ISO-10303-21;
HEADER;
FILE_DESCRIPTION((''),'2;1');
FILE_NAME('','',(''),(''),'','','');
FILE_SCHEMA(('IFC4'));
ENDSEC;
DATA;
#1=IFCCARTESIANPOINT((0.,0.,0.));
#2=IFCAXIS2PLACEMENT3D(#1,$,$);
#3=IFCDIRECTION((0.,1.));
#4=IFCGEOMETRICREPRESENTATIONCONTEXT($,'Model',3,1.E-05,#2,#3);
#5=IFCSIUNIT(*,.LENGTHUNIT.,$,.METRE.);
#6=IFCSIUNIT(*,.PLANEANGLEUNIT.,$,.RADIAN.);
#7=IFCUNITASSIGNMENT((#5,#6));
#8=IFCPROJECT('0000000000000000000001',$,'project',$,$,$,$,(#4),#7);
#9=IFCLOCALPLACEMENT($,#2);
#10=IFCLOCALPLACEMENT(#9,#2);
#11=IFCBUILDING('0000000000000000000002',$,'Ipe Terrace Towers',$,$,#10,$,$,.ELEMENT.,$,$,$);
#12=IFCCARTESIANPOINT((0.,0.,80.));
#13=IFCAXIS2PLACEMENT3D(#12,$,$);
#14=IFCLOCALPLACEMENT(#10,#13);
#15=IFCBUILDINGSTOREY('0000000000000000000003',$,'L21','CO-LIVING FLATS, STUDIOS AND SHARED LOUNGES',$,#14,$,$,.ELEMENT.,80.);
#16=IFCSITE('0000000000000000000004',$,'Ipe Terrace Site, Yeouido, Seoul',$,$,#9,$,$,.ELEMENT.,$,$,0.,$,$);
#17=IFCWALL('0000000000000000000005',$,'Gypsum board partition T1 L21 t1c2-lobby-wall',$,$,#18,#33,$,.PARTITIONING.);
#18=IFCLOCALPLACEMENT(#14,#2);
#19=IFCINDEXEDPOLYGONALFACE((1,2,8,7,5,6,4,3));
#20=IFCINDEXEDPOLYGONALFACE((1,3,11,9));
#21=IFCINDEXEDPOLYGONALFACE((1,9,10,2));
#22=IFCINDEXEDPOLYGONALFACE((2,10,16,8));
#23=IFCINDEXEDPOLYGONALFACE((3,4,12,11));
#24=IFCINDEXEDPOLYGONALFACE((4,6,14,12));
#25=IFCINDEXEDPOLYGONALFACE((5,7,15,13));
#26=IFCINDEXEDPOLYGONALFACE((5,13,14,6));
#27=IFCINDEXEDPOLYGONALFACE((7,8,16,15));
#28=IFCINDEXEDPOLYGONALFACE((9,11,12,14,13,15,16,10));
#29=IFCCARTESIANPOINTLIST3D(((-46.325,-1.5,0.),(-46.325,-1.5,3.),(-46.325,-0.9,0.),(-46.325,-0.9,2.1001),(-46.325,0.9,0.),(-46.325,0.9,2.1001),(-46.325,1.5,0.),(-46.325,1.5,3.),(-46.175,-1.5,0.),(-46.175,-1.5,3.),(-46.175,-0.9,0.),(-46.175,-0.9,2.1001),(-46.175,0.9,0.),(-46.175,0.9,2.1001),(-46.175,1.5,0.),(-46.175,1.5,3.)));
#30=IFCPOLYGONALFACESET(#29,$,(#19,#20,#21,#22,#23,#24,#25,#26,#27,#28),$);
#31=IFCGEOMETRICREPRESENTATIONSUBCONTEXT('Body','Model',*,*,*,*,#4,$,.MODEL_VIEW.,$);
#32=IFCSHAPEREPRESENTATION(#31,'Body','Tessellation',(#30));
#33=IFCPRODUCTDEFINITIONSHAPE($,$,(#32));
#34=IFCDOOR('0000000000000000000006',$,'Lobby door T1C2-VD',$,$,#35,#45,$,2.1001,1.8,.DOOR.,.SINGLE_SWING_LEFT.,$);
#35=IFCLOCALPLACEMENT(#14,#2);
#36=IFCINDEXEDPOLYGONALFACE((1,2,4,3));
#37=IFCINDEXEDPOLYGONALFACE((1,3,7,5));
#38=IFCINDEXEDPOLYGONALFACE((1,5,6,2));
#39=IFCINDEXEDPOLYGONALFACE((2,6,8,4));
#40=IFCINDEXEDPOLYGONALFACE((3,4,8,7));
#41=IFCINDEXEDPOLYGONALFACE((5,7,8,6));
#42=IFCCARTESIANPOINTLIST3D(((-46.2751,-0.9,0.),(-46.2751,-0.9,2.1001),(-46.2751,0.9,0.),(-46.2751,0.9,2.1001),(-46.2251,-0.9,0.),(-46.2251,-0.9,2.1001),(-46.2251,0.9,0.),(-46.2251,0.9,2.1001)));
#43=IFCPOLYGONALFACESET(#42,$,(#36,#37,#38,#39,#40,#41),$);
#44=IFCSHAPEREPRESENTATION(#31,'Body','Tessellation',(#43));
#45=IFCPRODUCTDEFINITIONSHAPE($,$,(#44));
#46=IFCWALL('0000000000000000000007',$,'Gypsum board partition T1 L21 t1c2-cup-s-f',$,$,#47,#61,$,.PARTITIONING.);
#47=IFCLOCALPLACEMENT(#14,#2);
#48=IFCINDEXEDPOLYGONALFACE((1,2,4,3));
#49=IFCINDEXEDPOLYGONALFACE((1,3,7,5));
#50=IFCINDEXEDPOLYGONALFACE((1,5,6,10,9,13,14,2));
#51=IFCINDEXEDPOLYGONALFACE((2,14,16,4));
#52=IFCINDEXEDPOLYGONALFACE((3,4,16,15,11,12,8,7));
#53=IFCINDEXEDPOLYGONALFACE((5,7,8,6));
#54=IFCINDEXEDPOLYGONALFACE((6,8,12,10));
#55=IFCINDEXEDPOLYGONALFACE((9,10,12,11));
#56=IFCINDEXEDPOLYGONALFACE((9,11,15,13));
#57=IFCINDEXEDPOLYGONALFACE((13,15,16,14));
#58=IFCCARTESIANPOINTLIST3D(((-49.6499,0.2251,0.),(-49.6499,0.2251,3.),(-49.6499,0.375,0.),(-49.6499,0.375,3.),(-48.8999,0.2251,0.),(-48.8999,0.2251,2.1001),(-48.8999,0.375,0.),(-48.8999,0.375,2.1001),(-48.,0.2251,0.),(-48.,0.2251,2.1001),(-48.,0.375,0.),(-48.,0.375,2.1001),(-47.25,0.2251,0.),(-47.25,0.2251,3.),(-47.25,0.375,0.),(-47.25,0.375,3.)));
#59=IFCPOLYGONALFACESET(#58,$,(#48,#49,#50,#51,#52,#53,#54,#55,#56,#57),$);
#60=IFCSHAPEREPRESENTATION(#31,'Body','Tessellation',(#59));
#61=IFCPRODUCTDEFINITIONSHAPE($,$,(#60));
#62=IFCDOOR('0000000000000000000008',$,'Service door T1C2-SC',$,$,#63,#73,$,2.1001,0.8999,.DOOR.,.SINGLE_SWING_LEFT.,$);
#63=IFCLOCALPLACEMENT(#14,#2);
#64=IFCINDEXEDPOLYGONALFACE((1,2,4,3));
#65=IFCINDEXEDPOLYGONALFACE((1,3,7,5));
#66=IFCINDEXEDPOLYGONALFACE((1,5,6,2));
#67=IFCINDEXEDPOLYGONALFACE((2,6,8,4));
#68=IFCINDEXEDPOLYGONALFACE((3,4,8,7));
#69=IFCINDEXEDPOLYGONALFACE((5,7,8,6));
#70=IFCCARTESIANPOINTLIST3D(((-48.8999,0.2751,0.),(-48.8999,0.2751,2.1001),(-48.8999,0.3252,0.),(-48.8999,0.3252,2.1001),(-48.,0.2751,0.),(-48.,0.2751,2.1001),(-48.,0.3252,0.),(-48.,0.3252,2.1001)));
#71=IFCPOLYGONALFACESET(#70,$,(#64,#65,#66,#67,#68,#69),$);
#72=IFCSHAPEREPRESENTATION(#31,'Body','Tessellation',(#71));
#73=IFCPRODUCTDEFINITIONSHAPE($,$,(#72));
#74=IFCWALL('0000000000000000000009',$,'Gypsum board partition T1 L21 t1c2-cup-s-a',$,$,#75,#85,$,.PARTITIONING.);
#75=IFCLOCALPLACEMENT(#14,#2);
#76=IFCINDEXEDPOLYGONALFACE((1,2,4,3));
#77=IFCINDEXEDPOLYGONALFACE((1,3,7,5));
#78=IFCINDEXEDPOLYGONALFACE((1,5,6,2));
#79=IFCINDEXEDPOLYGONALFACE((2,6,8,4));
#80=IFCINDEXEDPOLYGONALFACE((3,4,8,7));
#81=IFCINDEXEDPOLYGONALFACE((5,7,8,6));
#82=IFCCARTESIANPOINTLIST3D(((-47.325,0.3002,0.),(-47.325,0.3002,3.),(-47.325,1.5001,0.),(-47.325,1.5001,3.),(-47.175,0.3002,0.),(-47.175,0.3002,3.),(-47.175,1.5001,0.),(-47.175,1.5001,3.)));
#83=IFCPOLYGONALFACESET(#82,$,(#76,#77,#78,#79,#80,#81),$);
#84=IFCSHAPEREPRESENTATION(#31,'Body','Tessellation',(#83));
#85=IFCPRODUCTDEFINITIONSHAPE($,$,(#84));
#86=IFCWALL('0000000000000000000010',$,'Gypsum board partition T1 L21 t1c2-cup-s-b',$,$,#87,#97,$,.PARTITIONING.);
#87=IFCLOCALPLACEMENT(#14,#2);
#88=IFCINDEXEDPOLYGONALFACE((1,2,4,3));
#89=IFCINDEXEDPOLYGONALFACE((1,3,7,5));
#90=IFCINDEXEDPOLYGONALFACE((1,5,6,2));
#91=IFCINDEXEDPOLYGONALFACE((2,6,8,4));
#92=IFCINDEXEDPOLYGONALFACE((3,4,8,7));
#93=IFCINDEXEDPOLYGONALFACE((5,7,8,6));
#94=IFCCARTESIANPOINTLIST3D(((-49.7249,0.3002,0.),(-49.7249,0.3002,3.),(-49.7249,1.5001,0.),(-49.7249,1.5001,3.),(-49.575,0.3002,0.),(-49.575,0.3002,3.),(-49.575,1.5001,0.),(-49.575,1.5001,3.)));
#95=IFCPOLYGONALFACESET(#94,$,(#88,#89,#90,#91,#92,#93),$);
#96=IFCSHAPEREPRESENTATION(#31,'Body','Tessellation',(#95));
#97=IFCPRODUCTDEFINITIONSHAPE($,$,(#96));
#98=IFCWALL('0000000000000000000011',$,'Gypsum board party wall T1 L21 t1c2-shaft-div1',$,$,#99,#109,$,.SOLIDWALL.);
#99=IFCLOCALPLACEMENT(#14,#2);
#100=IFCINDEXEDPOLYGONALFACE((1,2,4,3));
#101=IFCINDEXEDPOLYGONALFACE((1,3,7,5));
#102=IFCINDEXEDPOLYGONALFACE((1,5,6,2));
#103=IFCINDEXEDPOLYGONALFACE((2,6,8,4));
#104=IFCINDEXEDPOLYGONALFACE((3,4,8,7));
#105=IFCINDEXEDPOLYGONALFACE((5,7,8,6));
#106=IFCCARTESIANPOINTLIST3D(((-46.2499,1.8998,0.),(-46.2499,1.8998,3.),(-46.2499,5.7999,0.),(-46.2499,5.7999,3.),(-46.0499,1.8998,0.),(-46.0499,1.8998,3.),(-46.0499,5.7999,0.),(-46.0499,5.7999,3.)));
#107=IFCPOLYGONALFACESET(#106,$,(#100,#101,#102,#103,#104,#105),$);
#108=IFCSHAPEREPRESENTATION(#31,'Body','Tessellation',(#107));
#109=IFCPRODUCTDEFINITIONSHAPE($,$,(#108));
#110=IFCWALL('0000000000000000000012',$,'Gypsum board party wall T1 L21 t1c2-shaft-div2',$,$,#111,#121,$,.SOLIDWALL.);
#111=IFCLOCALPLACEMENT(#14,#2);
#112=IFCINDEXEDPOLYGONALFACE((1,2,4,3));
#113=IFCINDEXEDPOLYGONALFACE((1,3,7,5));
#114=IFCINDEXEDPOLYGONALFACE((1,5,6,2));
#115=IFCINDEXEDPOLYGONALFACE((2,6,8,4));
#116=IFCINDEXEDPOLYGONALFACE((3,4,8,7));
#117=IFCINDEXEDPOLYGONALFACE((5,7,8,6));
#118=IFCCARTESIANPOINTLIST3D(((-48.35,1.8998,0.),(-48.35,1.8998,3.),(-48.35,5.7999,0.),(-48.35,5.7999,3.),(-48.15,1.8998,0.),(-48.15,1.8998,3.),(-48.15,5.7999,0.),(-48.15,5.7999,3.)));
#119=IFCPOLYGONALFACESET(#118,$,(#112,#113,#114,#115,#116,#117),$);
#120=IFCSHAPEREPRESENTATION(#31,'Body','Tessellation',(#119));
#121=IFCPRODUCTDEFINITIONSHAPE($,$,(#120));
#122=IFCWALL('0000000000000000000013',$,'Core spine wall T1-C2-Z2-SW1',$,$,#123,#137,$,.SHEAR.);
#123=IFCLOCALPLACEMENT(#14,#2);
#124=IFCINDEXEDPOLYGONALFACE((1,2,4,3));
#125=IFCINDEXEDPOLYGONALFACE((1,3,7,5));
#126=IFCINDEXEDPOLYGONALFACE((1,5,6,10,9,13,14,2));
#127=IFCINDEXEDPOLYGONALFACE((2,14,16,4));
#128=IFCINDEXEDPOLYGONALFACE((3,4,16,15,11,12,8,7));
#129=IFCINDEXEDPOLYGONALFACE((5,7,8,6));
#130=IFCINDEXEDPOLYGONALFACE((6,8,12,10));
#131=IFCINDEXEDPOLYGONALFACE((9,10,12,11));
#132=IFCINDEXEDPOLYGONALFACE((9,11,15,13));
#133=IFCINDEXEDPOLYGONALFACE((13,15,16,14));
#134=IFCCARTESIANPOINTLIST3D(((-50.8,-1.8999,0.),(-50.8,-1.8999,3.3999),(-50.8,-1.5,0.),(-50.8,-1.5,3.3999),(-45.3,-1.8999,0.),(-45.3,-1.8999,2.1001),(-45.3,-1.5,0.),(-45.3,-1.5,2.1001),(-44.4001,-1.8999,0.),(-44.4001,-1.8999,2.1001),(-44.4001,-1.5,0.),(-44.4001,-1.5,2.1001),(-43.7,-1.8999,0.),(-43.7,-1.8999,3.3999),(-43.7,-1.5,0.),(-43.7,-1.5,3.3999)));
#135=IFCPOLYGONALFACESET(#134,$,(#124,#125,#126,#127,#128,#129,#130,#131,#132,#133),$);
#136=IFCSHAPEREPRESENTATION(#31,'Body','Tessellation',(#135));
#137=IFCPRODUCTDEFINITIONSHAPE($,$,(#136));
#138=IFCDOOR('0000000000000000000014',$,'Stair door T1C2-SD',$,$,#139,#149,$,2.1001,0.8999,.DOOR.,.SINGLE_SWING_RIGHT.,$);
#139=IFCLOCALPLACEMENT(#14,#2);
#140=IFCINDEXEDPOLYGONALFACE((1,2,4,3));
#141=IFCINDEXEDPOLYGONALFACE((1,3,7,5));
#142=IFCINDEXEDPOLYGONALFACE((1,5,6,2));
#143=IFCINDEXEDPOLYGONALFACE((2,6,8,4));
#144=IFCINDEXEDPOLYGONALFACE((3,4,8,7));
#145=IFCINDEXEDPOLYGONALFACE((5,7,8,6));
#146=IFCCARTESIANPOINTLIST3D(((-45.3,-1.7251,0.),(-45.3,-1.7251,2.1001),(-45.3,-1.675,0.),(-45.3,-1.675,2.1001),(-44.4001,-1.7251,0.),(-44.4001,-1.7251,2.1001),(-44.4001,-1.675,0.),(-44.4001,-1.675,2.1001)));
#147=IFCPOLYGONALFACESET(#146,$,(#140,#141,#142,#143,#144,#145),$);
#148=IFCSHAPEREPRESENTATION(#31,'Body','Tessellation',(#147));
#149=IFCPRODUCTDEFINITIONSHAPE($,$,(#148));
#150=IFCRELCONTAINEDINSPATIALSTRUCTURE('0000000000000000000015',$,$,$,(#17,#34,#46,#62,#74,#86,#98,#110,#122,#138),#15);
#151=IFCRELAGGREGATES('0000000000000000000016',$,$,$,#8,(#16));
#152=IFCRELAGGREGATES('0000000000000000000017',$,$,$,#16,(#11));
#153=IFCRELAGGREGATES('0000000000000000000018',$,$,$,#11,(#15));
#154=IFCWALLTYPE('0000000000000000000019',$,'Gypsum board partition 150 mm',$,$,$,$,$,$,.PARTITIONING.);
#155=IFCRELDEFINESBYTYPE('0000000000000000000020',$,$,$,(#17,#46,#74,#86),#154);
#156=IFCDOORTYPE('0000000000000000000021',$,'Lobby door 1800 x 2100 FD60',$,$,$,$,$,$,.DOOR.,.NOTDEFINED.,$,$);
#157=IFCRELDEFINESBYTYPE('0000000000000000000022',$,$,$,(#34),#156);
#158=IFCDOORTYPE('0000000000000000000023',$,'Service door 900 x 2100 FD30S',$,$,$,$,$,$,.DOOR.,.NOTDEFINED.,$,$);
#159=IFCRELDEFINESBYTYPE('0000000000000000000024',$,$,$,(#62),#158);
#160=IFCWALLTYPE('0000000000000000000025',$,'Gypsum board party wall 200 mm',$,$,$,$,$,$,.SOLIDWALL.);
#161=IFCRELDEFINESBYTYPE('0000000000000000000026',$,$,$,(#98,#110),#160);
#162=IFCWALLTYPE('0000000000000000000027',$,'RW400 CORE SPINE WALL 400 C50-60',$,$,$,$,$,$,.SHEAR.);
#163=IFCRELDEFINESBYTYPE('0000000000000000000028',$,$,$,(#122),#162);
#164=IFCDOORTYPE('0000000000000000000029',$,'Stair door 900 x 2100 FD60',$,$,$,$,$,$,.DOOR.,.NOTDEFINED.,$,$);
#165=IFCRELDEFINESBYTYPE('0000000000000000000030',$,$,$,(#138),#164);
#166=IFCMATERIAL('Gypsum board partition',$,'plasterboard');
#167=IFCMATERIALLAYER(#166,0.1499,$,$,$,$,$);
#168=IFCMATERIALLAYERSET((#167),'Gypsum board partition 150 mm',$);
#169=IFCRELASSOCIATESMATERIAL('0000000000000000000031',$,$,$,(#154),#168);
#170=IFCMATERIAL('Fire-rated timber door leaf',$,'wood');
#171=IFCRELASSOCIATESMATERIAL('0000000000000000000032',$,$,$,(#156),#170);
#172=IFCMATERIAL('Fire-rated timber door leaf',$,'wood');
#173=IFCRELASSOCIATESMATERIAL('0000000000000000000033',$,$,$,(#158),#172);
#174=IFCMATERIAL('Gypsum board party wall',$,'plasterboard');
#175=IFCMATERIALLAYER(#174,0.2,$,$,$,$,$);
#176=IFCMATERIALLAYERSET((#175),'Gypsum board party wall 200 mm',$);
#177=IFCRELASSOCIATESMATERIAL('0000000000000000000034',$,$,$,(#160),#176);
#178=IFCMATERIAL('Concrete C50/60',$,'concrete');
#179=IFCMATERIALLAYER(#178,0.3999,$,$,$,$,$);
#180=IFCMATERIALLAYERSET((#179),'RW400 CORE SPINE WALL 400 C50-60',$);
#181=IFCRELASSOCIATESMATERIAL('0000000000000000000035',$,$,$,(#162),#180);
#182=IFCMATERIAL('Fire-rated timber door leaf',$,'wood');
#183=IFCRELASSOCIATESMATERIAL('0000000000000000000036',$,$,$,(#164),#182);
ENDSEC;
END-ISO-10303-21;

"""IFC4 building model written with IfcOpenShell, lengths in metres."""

from ifc_helpers import new_model, si_unit, direction, frame, frame_2d, origin, place, context, subcontext, project, spatial, rectangle, extrude, material, layer, layer_set, type_object, element, fill, save


model = new_model("IFC4")

# Units and contexts
model_context = context("Model", 3, precision=1e-05, world=origin(), true_north=direction((0.0, 1.0)))
body_context = subcontext(model_context, "Body", "Model", "MODEL_VIEW")
ifc_project = project(units=[si_unit("LENGTHUNIT", "METRE"), si_unit("PLANEANGLEUNIT", "RADIAN")], contexts=[model_context])

# Site, building, storey
site_placement = place(None, origin())
site = spatial("IfcSite", under=ifc_project, at=site_placement, Name="Ipe Terrace Site, Yeouido, Seoul", CompositionType="ELEMENT", RefElevation=0.0)
building_placement = place(site_placement, origin())
building = spatial("IfcBuilding", under=site, at=building_placement, Name="Ipe Terrace Towers", CompositionType="ELEMENT")
storey_placement = place(building_placement, frame((0.0, 0.0, 80.0)))
storey = spatial("IfcBuildingStorey", under=building, at=storey_placement, Name="L21", Description="CO-LIVING FLATS, STUDIOS AND SHARED LOUNGES", CompositionType="ELEMENT", Elevation=80.0)

# Walls, openings, doors
ifc_material_1 = material(Name="Gypsum board partition", Category="plasterboard")
ifc_layer_1 = layer(ifc_material_1, 0.1499)
ifc_layer_set_1 = layer_set([ifc_layer_1], Name="Gypsum board partition 150 mm")
wall_type_1 = type_object("IfcWallType", Name="Gypsum board partition 150 mm", PredefinedType="PARTITIONING", material=ifc_layer_set_1)
wall_1_placement = place(storey_placement, frame((-46.25, 1.5, 0.0), z_axis=(0.0, 0.0, 1.0), x_axis=(0.0, -1.0, 0.0)))
wall_1 = element("IfcWall", 1, at=wall_1_placement, inside=storey, type_object=wall_type_1, Name="Gypsum board partition T1 L21 t1c2-lobby-wall", PredefinedType="PARTITIONING", context=body_context, shape_type="SweptSolid", body=[
    extrude(rectangle(XDim=3.0, YDim=0.1499, at=frame_2d((1.5, 0.0))), origin(), (0.0, 0.0, 1.0), 3.0),
])
opening_1_placement = place(wall_1_placement, frame((0.6001, 0.0, 0.0)))
opening_1 = element("IfcOpeningElement", 2, at=opening_1_placement, cuts=wall_1, PredefinedType="OPENING", context=body_context, shape_type="SweptSolid", body=[
    extrude(rectangle(XDim=1.8, YDim=2.1001, at=frame_2d((0.8999, 1.05))), frame((0.0, 0.085, 0.0), z_axis=(0.0, -1.0, 0.0), x_axis=(1.0, 0.0, 0.0)), (0.0, 0.0, 1.0), 0.1699),
])
ifc_material_2 = material(Name="Fire-rated timber door leaf", Category="wood")
door_type_1 = type_object("IfcDoorType", Name="Lobby door 1800 x 2100 FD60", OperationType="NOTDEFINED", PredefinedType="DOOR", material=ifc_material_2)
door_1_placement = place(opening_1_placement, origin())
door_1 = element("IfcDoor", 3, at=door_1_placement, inside=storey, type_object=door_type_1, Name="Lobby door T1C2-VD", OperationType="SINGLE_SWING_LEFT", OverallHeight=2.1001, OverallWidth=1.8, PredefinedType="DOOR", context=body_context, shape_type="SweptSolid", body=[
    extrude(rectangle(XDim=1.8, YDim=2.1001, at=frame_2d((0.8999, 1.05))), frame((0.0, 0.0249, 0.0), z_axis=(0.0, -1.0, 0.0), x_axis=(1.0, 0.0, 0.0)), (0.0, 0.0, 1.0), 0.05),
])
fill(opening_1, door_1)
wall_2_placement = place(storey_placement, frame((-47.25, 0.3, 0.0), z_axis=(0.0, 0.0, 1.0), x_axis=(-1.0, 0.0, 0.0)))
wall_2 = element("IfcWall", 4, at=wall_2_placement, inside=storey, type_object=wall_type_1, Name="Gypsum board partition T1 L21 t1c2-cup-s-f", PredefinedType="PARTITIONING", context=body_context, shape_type="SweptSolid", body=[
    extrude(rectangle(XDim=2.3999, YDim=0.1499, at=frame_2d((1.2, 0.0))), origin(), (0.0, 0.0, 1.0), 3.0),
])
opening_2_placement = place(wall_2_placement, frame((0.75, 0.0, 0.0)))
opening_2 = element("IfcOpeningElement", 5, at=opening_2_placement, cuts=wall_2, PredefinedType="OPENING", context=body_context, shape_type="SweptSolid", body=[
    extrude(rectangle(XDim=0.8999, YDim=2.1001, at=frame_2d((0.45, 1.05))), frame((0.0, 0.085, 0.0), z_axis=(0.0, -1.0, 0.0), x_axis=(1.0, 0.0, 0.0)), (0.0, 0.0, 1.0), 0.1699),
])
ifc_material_3 = material(Name="Fire-rated timber door leaf", Category="wood")
door_type_2 = type_object("IfcDoorType", Name="Service door 900 x 2100 FD30S", OperationType="NOTDEFINED", PredefinedType="DOOR", material=ifc_material_3)
door_2_placement = place(opening_2_placement, origin())
door_2 = element("IfcDoor", 6, at=door_2_placement, inside=storey, type_object=door_type_2, Name="Service door T1C2-SC", OperationType="SINGLE_SWING_LEFT", OverallHeight=2.1001, OverallWidth=0.8999, PredefinedType="DOOR", context=body_context, shape_type="SweptSolid", body=[
    extrude(rectangle(XDim=0.8999, YDim=2.1001, at=frame_2d((0.45, 1.05))), frame((0.0, 0.0249, 0.0), z_axis=(0.0, -1.0, 0.0), x_axis=(1.0, 0.0, 0.0)), (0.0, 0.0, 1.0), 0.05),
])
fill(opening_2, door_2)

# Walls
for number, where, z_axis, x_axis, name in (
    (7, (-47.25, 0.3, 0.0), (0.0, 0.0, 1.0), (0.0, 1.0, 0.0), "Gypsum board partition T1 L21 t1c2-cup-s-a"),
    (8, (-49.6499, 0.3, 0.0), (0.0, 0.0, 1.0), (0.0, 1.0, 0.0), "Gypsum board partition T1 L21 t1c2-cup-s-b"),
):
    element("IfcWall", number, at=place(storey_placement, frame(where, z_axis=z_axis, x_axis=x_axis)), inside=storey, type_object=wall_type_1, Name=name, PredefinedType="PARTITIONING", context=body_context, shape_type="SweptSolid", body=[
        extrude(rectangle(XDim=1.2, YDim=0.1499, at=frame_2d((0.6001, 0.0))), origin(), (0.0, 0.0, 1.0), 3.0),
    ])
ifc_material_4 = material(Name="Gypsum board party wall", Category="plasterboard")
ifc_layer_2 = layer(ifc_material_4, 0.2)
ifc_layer_set_2 = layer_set([ifc_layer_2], Name="Gypsum board party wall 200 mm")
wall_type_2 = type_object("IfcWallType", Name="Gypsum board party wall 200 mm", PredefinedType="SOLIDWALL", material=ifc_layer_set_2)
for number, where, z_axis, x_axis, name in (
    (9, (-46.1499, 5.8, 0.0), (0.0, 0.0, 1.0), (0.0, -1.0, 0.0), "Gypsum board party wall T1 L21 t1c2-shaft-div1"),
    (10, (-48.25, 5.8, 0.0), (0.0, 0.0, 1.0), (0.0, -1.0, 0.0), "Gypsum board party wall T1 L21 t1c2-shaft-div2"),
):
    element("IfcWall", number, at=place(storey_placement, frame(where, z_axis=z_axis, x_axis=x_axis)), inside=storey, type_object=wall_type_2, Name=name, PredefinedType="SOLIDWALL", context=body_context, shape_type="SweptSolid", body=[
        extrude(rectangle(XDim=3.9001, YDim=0.2, at=frame_2d((1.9502, 0.0))), origin(), (0.0, 0.0, 1.0), 3.0),
    ])

# Wall, opening, door
ifc_material_5 = material(Name="Concrete C50/60", Category="concrete")
ifc_layer_3 = layer(ifc_material_5, 0.3999)
ifc_layer_set_3 = layer_set([ifc_layer_3], Name="RW400 CORE SPINE WALL 400 C50-60")
wall_type_3 = type_object("IfcWallType", Name="RW400 CORE SPINE WALL 400 C50-60", PredefinedType="SHEAR", material=ifc_layer_set_3)
wall_3_placement = place(storey_placement, frame((-50.8, -1.7, 0.0), z_axis=(0.0, 0.0, 1.0), x_axis=(1.0, 0.0, 0.0)))
wall_3 = element("IfcWall", 11, at=wall_3_placement, inside=storey, type_object=wall_type_3, Name="Core spine wall T1-C2-Z2-SW1", PredefinedType="SHEAR", context=body_context, shape_type="SweptSolid", body=[
    extrude(rectangle(XDim=7.1001, YDim=0.3999, at=frame_2d((3.55, 0.0))), origin(), (0.0, 0.0, 1.0), 3.3999),
])
opening_3_placement = place(wall_3_placement, frame((5.5, 0.0, 0.0)))
opening_3 = element("IfcOpeningElement", 12, at=opening_3_placement, cuts=wall_3, PredefinedType="OPENING", context=body_context, shape_type="SweptSolid", body=[
    extrude(rectangle(XDim=0.8999, YDim=2.1001, at=frame_2d((0.45, 1.05))), frame((0.0, 0.21, 0.0), z_axis=(0.0, -1.0, 0.0), x_axis=(1.0, 0.0, 0.0)), (0.0, 0.0, 1.0), 0.4199),
])
ifc_material_6 = material(Name="Fire-rated timber door leaf", Category="wood")
door_type_3 = type_object("IfcDoorType", Name="Stair door 900 x 2100 FD60", OperationType="NOTDEFINED", PredefinedType="DOOR", material=ifc_material_6)
door_3_placement = place(opening_3_placement, origin())
door_3 = element("IfcDoor", 13, at=door_3_placement, inside=storey, type_object=door_type_3, Name="Stair door T1C2-SD", OperationType="SINGLE_SWING_RIGHT", OverallHeight=2.1001, OverallWidth=0.8999, PredefinedType="DOOR", context=body_context, shape_type="SweptSolid", body=[
    extrude(rectangle(XDim=0.8999, YDim=2.1001, at=frame_2d((0.45, 1.05))), frame((0.0, 0.0249, 0.0), z_axis=(0.0, -1.0, 0.0), x_axis=(1.0, 0.0, 0.0)), (0.0, 0.0, 1.0), 0.05),
])
fill(opening_3, door_3)

save(model, "model.ifc")
